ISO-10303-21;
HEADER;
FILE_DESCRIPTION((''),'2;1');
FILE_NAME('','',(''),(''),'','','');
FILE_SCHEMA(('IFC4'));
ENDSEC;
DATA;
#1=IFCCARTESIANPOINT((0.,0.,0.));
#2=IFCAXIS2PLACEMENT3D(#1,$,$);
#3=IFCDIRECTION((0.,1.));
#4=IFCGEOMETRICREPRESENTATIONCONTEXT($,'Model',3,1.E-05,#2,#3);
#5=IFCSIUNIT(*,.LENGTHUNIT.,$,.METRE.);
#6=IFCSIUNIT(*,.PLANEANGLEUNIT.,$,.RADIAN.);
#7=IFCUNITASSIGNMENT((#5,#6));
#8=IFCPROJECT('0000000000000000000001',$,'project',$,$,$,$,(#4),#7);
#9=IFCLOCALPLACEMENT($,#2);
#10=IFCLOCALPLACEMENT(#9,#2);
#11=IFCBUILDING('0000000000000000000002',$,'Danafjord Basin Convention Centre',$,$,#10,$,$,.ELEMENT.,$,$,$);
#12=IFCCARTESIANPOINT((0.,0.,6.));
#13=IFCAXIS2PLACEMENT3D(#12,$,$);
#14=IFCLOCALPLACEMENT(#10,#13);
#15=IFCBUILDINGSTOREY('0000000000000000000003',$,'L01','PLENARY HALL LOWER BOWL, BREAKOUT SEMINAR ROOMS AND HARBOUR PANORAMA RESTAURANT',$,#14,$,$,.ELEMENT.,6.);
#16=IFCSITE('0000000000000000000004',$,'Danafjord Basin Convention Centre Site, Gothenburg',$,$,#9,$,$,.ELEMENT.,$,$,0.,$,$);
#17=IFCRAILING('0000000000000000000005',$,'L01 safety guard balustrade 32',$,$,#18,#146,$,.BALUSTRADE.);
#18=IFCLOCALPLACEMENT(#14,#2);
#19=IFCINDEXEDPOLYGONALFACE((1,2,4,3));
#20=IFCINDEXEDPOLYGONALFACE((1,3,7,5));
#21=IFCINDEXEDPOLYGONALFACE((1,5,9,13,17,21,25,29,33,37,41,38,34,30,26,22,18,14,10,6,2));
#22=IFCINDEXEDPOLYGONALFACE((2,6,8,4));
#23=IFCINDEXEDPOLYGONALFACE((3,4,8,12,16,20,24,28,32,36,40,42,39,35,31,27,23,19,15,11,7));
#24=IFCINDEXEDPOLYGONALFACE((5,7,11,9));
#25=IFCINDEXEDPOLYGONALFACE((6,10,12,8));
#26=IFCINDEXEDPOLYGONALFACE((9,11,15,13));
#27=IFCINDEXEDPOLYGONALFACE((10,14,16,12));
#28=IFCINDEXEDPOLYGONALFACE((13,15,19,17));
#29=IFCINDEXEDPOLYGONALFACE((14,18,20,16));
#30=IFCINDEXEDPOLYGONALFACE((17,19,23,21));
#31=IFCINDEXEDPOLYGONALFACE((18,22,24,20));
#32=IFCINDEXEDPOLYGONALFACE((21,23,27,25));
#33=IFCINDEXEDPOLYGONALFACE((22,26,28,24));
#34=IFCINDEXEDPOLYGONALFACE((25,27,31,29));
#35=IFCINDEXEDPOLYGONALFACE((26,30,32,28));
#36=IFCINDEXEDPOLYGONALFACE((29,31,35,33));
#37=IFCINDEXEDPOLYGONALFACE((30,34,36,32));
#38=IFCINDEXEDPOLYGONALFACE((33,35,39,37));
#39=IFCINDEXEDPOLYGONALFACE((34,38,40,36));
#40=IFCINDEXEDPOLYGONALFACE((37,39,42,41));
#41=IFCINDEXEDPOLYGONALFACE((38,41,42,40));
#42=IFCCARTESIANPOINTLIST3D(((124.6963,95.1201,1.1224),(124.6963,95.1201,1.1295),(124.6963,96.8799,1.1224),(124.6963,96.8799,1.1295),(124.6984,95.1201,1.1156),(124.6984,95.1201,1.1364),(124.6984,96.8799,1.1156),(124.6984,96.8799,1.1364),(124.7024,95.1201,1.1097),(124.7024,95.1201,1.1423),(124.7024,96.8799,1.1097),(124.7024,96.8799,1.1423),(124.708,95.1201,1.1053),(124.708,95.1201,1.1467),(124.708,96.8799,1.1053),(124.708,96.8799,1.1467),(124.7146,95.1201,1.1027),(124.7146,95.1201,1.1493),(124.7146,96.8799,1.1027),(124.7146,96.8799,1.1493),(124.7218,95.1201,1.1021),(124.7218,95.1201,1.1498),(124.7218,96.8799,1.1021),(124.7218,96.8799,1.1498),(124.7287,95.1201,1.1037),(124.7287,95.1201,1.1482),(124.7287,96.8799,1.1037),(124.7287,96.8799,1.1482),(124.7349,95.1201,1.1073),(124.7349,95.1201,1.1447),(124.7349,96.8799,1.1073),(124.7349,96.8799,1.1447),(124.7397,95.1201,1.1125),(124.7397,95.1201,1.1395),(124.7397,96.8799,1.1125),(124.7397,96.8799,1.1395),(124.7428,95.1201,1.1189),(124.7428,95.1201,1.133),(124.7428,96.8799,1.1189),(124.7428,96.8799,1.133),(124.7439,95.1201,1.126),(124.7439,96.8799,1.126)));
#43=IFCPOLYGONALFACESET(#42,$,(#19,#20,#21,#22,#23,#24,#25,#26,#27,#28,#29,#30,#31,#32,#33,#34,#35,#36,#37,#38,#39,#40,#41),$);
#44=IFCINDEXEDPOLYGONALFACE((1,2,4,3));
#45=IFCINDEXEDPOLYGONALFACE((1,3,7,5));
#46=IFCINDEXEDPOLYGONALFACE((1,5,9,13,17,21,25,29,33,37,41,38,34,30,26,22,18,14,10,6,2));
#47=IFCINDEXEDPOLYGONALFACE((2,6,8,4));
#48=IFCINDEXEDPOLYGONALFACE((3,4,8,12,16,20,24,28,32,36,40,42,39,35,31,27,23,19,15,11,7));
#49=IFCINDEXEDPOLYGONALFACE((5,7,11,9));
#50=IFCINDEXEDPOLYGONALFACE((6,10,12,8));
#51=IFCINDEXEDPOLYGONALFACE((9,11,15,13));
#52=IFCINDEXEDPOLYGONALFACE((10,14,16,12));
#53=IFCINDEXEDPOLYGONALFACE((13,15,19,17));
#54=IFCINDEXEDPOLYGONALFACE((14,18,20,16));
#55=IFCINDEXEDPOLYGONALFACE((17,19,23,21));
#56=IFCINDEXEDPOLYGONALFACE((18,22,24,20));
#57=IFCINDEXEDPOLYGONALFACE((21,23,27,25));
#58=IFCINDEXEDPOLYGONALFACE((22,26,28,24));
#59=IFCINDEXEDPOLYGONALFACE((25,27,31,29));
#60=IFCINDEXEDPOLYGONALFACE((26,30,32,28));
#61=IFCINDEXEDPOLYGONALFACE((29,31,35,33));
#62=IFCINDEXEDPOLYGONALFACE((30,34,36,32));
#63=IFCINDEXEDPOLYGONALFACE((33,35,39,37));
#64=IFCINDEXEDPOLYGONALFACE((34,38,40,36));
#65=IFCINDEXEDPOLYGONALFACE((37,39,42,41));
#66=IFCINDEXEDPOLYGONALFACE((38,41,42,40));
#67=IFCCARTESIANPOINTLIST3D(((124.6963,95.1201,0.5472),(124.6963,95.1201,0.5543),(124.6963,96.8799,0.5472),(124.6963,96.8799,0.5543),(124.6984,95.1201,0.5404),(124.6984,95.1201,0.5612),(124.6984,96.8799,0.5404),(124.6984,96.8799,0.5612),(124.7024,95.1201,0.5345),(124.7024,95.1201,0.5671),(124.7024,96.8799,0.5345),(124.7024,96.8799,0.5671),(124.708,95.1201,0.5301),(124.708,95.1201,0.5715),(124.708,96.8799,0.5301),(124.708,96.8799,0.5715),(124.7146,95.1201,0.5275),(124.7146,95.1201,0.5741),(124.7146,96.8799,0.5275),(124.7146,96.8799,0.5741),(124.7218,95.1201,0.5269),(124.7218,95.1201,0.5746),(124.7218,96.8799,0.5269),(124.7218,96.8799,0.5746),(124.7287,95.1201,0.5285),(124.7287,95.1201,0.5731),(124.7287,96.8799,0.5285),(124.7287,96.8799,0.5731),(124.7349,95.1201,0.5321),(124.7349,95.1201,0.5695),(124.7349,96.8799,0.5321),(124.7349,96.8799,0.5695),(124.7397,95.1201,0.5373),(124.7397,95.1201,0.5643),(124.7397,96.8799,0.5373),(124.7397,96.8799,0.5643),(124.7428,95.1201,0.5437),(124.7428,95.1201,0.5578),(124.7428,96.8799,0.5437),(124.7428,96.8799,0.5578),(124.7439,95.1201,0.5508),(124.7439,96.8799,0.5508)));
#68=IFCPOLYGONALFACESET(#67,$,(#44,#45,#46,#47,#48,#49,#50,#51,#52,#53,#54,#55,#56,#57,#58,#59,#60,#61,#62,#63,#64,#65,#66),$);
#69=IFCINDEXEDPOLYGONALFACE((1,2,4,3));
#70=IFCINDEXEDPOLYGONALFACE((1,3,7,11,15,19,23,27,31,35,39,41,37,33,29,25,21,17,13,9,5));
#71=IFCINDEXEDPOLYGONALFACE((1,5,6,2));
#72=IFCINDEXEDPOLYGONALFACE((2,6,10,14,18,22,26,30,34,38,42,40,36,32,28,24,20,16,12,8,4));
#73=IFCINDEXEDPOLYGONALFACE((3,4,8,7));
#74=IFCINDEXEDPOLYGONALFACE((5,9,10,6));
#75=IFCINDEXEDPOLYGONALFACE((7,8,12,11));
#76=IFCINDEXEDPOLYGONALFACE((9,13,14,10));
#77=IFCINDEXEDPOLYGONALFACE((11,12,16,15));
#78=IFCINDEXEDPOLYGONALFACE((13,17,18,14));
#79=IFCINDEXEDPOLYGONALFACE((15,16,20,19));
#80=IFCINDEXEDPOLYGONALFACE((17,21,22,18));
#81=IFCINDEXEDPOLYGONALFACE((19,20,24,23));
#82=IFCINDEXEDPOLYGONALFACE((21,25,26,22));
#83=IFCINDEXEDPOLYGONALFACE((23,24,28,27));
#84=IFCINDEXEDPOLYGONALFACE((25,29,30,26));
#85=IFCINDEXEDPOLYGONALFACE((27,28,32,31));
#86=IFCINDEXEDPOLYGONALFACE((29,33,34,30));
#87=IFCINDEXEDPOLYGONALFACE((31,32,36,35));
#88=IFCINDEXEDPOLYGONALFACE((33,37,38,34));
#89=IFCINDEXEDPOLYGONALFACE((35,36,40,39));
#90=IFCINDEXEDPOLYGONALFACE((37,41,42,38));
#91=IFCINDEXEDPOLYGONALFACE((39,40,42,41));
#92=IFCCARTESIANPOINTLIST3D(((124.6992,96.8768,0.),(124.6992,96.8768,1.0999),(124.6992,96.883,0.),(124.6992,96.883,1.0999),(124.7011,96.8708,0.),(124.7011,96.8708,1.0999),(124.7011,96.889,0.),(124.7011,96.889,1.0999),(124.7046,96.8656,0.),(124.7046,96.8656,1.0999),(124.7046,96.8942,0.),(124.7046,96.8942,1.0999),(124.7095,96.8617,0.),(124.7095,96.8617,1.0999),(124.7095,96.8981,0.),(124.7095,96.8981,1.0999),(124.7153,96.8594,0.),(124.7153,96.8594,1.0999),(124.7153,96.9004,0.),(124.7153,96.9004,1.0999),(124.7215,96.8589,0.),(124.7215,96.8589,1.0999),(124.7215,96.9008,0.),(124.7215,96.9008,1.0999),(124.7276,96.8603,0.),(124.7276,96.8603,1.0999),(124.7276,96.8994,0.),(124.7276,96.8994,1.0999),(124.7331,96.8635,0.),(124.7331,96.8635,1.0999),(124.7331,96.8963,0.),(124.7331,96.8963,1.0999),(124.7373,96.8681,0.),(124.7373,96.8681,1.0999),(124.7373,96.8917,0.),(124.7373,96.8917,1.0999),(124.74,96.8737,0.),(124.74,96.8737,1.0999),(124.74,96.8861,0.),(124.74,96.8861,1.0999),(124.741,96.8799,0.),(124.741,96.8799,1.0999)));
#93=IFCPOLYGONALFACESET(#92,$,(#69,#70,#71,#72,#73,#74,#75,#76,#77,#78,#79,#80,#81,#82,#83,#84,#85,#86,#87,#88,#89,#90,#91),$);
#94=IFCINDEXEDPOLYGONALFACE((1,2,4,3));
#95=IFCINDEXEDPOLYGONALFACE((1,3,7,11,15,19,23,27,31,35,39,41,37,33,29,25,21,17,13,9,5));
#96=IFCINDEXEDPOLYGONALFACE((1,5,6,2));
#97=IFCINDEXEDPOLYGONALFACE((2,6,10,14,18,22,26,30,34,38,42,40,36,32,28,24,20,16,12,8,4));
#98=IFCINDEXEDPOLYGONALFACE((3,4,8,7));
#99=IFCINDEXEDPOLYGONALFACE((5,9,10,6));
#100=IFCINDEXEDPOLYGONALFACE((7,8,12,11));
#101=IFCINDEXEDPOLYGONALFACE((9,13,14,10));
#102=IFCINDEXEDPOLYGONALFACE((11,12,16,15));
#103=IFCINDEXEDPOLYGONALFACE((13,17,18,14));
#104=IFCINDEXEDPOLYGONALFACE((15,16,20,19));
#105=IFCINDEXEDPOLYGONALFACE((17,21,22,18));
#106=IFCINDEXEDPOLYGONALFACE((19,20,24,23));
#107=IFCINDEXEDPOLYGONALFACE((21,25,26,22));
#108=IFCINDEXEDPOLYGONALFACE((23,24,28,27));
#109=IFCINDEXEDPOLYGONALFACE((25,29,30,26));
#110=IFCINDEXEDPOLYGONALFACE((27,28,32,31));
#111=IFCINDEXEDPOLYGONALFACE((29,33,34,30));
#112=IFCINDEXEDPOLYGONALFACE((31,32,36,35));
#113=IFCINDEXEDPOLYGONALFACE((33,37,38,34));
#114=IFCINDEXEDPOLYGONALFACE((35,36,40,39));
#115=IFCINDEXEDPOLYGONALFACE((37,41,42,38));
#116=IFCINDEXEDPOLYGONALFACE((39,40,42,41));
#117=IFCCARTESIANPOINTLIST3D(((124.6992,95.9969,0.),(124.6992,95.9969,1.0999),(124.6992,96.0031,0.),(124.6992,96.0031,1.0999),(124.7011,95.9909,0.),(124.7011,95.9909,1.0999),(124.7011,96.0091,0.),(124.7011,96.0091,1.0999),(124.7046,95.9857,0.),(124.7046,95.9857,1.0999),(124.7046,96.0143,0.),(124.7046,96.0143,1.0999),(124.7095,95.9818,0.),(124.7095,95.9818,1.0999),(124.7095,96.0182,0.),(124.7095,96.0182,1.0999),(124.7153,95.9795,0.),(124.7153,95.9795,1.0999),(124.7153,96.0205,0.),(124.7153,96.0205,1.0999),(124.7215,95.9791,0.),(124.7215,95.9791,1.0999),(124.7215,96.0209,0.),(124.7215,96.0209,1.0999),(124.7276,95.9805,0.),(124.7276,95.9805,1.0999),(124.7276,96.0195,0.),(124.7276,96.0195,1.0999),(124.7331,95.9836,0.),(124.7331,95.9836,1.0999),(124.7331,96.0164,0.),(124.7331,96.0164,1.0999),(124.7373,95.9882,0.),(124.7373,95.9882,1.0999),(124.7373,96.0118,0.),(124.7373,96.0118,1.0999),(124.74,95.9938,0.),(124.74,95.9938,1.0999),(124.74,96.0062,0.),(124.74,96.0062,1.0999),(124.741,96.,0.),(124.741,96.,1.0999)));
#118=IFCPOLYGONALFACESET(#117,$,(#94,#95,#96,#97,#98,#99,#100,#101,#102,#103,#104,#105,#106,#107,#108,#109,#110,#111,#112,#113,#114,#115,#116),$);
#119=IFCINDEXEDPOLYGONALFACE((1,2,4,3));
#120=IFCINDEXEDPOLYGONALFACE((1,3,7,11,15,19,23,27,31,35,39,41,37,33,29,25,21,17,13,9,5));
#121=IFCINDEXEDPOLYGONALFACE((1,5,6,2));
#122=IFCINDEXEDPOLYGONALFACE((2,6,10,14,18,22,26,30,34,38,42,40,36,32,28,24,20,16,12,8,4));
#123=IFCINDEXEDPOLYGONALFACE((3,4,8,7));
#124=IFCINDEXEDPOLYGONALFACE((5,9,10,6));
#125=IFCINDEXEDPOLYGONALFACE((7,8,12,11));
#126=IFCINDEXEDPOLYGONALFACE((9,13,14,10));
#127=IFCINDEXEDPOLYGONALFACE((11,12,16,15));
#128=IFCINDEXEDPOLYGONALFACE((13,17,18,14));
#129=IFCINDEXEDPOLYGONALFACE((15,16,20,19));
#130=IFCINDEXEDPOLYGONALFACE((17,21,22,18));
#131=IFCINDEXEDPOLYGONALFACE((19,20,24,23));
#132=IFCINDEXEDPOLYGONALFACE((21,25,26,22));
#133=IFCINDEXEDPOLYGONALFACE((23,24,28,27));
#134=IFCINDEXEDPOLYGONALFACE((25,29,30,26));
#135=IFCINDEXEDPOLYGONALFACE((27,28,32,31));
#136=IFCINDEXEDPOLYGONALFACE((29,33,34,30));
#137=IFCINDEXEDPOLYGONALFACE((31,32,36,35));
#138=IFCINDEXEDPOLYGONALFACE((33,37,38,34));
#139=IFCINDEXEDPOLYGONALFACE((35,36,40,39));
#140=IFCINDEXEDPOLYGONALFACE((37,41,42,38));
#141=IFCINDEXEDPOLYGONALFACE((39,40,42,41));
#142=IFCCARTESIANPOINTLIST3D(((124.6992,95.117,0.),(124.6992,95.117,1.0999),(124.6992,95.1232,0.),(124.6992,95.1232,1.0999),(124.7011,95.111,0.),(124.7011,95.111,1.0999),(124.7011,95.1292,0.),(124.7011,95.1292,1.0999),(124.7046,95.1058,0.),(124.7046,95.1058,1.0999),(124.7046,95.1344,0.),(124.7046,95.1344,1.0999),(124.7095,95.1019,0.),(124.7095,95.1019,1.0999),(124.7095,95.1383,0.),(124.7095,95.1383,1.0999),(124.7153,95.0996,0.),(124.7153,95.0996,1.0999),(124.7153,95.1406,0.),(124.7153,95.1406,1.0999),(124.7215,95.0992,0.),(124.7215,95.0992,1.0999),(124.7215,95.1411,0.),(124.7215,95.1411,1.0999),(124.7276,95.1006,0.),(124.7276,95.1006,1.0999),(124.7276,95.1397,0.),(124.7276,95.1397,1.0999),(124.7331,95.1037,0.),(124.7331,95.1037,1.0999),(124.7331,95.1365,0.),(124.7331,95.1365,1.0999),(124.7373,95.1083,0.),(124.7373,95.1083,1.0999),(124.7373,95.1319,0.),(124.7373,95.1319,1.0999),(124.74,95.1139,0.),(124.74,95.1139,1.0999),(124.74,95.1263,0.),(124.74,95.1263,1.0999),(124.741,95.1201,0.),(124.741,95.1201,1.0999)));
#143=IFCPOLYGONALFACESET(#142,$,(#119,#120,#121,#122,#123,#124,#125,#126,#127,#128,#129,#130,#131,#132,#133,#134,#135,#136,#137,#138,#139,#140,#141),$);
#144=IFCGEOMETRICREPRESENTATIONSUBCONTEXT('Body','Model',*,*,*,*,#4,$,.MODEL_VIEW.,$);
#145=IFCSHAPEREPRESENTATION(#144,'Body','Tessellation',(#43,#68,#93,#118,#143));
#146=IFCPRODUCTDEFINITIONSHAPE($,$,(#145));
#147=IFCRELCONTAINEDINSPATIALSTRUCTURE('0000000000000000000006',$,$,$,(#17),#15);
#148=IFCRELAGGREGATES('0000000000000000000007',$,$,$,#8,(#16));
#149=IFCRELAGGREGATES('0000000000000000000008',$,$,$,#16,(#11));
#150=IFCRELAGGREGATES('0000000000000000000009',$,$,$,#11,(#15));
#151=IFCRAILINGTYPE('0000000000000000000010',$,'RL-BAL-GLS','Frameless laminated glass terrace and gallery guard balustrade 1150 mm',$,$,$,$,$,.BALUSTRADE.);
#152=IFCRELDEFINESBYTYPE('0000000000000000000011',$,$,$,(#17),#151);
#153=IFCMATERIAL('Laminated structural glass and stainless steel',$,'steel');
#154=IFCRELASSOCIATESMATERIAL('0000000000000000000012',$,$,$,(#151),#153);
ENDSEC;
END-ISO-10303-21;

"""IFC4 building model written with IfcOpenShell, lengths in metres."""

from ifc_helpers import new_model, si_unit, direction, frame, origin, origin_2d, place, context, subcontext, project, spatial, circle, extrude, material, type_object, element, save


model = new_model("IFC4")

# Units and contexts
model_context = context("Model", 3, precision=1e-05, world=origin(), true_north=direction((0.0, 1.0)))
body_context = subcontext(model_context, "Body", "Model", "MODEL_VIEW")
ifc_project = project(units=[si_unit("LENGTHUNIT", "METRE"), si_unit("PLANEANGLEUNIT", "RADIAN")], contexts=[model_context])

# Site, building, storey
site_placement = place(None, origin())
site = spatial("IfcSite", under=ifc_project, at=site_placement, Name="Danafjord Basin Convention Centre Site, Gothenburg", CompositionType="ELEMENT", RefElevation=0.0)
building_placement = place(site_placement, origin())
building = spatial("IfcBuilding", under=site, at=building_placement, Name="Danafjord Basin Convention Centre", CompositionType="ELEMENT")
storey_placement = place(building_placement, frame((0.0, 0.0, 6.0)))
storey = spatial("IfcBuildingStorey", under=building, at=storey_placement, Name="L01", Description="PLENARY HALL LOWER BOWL, BREAKOUT SEMINAR ROOMS AND HARBOUR PANORAMA RESTAURANT", CompositionType="ELEMENT", Elevation=6.0)

# Railing
ifc_material_1 = material(Name="Laminated structural glass and stainless steel", Category="steel")
railing_type = type_object("IfcRailingType", Name="RL-BAL-GLS", Description="Frameless laminated glass terrace and gallery guard balustrade 1150 mm", PredefinedType="BALUSTRADE", material=ifc_material_1)
for number, where, name in (
    (1, (124.72, 96.8799, 0.0), "L01 safety guard balustrade 32"),
):
    element("IfcRailing", number, at=place(storey_placement, frame(where)), inside=storey, type_object=railing_type, Name=name, PredefinedType="BALUSTRADE", context=body_context, shape_type="SweptSolid", body=[
        extrude(circle(Radius=0.0239, at=origin_2d()), frame((0.0, 0.0, 1.126), z_axis=(0.0, -1.0, 0.0), x_axis=(1.0, 0.0, 0.0)), (0.0, 0.0, 1.0), 1.7598),
        extrude(circle(Radius=0.0239, at=origin_2d()), frame((0.0, 0.0, 0.5508), z_axis=(0.0, -1.0, 0.0), x_axis=(1.0, 0.0, 0.0)), (0.0, 0.0, 1.0), 1.7598),
        extrude(circle(Radius=0.021, at=origin_2d()), origin(), (0.0, 0.0, 1.0), 1.0999),
        extrude(circle(Radius=0.021, at=origin_2d()), frame((0.0, -0.8799, 0.0)), (0.0, 0.0, 1.0), 1.0999),
        extrude(circle(Radius=0.021, at=origin_2d()), frame((0.0, -1.7598, 0.0)), (0.0, 0.0, 1.0), 1.0999),
    ])

save(model, "model.ifc")
